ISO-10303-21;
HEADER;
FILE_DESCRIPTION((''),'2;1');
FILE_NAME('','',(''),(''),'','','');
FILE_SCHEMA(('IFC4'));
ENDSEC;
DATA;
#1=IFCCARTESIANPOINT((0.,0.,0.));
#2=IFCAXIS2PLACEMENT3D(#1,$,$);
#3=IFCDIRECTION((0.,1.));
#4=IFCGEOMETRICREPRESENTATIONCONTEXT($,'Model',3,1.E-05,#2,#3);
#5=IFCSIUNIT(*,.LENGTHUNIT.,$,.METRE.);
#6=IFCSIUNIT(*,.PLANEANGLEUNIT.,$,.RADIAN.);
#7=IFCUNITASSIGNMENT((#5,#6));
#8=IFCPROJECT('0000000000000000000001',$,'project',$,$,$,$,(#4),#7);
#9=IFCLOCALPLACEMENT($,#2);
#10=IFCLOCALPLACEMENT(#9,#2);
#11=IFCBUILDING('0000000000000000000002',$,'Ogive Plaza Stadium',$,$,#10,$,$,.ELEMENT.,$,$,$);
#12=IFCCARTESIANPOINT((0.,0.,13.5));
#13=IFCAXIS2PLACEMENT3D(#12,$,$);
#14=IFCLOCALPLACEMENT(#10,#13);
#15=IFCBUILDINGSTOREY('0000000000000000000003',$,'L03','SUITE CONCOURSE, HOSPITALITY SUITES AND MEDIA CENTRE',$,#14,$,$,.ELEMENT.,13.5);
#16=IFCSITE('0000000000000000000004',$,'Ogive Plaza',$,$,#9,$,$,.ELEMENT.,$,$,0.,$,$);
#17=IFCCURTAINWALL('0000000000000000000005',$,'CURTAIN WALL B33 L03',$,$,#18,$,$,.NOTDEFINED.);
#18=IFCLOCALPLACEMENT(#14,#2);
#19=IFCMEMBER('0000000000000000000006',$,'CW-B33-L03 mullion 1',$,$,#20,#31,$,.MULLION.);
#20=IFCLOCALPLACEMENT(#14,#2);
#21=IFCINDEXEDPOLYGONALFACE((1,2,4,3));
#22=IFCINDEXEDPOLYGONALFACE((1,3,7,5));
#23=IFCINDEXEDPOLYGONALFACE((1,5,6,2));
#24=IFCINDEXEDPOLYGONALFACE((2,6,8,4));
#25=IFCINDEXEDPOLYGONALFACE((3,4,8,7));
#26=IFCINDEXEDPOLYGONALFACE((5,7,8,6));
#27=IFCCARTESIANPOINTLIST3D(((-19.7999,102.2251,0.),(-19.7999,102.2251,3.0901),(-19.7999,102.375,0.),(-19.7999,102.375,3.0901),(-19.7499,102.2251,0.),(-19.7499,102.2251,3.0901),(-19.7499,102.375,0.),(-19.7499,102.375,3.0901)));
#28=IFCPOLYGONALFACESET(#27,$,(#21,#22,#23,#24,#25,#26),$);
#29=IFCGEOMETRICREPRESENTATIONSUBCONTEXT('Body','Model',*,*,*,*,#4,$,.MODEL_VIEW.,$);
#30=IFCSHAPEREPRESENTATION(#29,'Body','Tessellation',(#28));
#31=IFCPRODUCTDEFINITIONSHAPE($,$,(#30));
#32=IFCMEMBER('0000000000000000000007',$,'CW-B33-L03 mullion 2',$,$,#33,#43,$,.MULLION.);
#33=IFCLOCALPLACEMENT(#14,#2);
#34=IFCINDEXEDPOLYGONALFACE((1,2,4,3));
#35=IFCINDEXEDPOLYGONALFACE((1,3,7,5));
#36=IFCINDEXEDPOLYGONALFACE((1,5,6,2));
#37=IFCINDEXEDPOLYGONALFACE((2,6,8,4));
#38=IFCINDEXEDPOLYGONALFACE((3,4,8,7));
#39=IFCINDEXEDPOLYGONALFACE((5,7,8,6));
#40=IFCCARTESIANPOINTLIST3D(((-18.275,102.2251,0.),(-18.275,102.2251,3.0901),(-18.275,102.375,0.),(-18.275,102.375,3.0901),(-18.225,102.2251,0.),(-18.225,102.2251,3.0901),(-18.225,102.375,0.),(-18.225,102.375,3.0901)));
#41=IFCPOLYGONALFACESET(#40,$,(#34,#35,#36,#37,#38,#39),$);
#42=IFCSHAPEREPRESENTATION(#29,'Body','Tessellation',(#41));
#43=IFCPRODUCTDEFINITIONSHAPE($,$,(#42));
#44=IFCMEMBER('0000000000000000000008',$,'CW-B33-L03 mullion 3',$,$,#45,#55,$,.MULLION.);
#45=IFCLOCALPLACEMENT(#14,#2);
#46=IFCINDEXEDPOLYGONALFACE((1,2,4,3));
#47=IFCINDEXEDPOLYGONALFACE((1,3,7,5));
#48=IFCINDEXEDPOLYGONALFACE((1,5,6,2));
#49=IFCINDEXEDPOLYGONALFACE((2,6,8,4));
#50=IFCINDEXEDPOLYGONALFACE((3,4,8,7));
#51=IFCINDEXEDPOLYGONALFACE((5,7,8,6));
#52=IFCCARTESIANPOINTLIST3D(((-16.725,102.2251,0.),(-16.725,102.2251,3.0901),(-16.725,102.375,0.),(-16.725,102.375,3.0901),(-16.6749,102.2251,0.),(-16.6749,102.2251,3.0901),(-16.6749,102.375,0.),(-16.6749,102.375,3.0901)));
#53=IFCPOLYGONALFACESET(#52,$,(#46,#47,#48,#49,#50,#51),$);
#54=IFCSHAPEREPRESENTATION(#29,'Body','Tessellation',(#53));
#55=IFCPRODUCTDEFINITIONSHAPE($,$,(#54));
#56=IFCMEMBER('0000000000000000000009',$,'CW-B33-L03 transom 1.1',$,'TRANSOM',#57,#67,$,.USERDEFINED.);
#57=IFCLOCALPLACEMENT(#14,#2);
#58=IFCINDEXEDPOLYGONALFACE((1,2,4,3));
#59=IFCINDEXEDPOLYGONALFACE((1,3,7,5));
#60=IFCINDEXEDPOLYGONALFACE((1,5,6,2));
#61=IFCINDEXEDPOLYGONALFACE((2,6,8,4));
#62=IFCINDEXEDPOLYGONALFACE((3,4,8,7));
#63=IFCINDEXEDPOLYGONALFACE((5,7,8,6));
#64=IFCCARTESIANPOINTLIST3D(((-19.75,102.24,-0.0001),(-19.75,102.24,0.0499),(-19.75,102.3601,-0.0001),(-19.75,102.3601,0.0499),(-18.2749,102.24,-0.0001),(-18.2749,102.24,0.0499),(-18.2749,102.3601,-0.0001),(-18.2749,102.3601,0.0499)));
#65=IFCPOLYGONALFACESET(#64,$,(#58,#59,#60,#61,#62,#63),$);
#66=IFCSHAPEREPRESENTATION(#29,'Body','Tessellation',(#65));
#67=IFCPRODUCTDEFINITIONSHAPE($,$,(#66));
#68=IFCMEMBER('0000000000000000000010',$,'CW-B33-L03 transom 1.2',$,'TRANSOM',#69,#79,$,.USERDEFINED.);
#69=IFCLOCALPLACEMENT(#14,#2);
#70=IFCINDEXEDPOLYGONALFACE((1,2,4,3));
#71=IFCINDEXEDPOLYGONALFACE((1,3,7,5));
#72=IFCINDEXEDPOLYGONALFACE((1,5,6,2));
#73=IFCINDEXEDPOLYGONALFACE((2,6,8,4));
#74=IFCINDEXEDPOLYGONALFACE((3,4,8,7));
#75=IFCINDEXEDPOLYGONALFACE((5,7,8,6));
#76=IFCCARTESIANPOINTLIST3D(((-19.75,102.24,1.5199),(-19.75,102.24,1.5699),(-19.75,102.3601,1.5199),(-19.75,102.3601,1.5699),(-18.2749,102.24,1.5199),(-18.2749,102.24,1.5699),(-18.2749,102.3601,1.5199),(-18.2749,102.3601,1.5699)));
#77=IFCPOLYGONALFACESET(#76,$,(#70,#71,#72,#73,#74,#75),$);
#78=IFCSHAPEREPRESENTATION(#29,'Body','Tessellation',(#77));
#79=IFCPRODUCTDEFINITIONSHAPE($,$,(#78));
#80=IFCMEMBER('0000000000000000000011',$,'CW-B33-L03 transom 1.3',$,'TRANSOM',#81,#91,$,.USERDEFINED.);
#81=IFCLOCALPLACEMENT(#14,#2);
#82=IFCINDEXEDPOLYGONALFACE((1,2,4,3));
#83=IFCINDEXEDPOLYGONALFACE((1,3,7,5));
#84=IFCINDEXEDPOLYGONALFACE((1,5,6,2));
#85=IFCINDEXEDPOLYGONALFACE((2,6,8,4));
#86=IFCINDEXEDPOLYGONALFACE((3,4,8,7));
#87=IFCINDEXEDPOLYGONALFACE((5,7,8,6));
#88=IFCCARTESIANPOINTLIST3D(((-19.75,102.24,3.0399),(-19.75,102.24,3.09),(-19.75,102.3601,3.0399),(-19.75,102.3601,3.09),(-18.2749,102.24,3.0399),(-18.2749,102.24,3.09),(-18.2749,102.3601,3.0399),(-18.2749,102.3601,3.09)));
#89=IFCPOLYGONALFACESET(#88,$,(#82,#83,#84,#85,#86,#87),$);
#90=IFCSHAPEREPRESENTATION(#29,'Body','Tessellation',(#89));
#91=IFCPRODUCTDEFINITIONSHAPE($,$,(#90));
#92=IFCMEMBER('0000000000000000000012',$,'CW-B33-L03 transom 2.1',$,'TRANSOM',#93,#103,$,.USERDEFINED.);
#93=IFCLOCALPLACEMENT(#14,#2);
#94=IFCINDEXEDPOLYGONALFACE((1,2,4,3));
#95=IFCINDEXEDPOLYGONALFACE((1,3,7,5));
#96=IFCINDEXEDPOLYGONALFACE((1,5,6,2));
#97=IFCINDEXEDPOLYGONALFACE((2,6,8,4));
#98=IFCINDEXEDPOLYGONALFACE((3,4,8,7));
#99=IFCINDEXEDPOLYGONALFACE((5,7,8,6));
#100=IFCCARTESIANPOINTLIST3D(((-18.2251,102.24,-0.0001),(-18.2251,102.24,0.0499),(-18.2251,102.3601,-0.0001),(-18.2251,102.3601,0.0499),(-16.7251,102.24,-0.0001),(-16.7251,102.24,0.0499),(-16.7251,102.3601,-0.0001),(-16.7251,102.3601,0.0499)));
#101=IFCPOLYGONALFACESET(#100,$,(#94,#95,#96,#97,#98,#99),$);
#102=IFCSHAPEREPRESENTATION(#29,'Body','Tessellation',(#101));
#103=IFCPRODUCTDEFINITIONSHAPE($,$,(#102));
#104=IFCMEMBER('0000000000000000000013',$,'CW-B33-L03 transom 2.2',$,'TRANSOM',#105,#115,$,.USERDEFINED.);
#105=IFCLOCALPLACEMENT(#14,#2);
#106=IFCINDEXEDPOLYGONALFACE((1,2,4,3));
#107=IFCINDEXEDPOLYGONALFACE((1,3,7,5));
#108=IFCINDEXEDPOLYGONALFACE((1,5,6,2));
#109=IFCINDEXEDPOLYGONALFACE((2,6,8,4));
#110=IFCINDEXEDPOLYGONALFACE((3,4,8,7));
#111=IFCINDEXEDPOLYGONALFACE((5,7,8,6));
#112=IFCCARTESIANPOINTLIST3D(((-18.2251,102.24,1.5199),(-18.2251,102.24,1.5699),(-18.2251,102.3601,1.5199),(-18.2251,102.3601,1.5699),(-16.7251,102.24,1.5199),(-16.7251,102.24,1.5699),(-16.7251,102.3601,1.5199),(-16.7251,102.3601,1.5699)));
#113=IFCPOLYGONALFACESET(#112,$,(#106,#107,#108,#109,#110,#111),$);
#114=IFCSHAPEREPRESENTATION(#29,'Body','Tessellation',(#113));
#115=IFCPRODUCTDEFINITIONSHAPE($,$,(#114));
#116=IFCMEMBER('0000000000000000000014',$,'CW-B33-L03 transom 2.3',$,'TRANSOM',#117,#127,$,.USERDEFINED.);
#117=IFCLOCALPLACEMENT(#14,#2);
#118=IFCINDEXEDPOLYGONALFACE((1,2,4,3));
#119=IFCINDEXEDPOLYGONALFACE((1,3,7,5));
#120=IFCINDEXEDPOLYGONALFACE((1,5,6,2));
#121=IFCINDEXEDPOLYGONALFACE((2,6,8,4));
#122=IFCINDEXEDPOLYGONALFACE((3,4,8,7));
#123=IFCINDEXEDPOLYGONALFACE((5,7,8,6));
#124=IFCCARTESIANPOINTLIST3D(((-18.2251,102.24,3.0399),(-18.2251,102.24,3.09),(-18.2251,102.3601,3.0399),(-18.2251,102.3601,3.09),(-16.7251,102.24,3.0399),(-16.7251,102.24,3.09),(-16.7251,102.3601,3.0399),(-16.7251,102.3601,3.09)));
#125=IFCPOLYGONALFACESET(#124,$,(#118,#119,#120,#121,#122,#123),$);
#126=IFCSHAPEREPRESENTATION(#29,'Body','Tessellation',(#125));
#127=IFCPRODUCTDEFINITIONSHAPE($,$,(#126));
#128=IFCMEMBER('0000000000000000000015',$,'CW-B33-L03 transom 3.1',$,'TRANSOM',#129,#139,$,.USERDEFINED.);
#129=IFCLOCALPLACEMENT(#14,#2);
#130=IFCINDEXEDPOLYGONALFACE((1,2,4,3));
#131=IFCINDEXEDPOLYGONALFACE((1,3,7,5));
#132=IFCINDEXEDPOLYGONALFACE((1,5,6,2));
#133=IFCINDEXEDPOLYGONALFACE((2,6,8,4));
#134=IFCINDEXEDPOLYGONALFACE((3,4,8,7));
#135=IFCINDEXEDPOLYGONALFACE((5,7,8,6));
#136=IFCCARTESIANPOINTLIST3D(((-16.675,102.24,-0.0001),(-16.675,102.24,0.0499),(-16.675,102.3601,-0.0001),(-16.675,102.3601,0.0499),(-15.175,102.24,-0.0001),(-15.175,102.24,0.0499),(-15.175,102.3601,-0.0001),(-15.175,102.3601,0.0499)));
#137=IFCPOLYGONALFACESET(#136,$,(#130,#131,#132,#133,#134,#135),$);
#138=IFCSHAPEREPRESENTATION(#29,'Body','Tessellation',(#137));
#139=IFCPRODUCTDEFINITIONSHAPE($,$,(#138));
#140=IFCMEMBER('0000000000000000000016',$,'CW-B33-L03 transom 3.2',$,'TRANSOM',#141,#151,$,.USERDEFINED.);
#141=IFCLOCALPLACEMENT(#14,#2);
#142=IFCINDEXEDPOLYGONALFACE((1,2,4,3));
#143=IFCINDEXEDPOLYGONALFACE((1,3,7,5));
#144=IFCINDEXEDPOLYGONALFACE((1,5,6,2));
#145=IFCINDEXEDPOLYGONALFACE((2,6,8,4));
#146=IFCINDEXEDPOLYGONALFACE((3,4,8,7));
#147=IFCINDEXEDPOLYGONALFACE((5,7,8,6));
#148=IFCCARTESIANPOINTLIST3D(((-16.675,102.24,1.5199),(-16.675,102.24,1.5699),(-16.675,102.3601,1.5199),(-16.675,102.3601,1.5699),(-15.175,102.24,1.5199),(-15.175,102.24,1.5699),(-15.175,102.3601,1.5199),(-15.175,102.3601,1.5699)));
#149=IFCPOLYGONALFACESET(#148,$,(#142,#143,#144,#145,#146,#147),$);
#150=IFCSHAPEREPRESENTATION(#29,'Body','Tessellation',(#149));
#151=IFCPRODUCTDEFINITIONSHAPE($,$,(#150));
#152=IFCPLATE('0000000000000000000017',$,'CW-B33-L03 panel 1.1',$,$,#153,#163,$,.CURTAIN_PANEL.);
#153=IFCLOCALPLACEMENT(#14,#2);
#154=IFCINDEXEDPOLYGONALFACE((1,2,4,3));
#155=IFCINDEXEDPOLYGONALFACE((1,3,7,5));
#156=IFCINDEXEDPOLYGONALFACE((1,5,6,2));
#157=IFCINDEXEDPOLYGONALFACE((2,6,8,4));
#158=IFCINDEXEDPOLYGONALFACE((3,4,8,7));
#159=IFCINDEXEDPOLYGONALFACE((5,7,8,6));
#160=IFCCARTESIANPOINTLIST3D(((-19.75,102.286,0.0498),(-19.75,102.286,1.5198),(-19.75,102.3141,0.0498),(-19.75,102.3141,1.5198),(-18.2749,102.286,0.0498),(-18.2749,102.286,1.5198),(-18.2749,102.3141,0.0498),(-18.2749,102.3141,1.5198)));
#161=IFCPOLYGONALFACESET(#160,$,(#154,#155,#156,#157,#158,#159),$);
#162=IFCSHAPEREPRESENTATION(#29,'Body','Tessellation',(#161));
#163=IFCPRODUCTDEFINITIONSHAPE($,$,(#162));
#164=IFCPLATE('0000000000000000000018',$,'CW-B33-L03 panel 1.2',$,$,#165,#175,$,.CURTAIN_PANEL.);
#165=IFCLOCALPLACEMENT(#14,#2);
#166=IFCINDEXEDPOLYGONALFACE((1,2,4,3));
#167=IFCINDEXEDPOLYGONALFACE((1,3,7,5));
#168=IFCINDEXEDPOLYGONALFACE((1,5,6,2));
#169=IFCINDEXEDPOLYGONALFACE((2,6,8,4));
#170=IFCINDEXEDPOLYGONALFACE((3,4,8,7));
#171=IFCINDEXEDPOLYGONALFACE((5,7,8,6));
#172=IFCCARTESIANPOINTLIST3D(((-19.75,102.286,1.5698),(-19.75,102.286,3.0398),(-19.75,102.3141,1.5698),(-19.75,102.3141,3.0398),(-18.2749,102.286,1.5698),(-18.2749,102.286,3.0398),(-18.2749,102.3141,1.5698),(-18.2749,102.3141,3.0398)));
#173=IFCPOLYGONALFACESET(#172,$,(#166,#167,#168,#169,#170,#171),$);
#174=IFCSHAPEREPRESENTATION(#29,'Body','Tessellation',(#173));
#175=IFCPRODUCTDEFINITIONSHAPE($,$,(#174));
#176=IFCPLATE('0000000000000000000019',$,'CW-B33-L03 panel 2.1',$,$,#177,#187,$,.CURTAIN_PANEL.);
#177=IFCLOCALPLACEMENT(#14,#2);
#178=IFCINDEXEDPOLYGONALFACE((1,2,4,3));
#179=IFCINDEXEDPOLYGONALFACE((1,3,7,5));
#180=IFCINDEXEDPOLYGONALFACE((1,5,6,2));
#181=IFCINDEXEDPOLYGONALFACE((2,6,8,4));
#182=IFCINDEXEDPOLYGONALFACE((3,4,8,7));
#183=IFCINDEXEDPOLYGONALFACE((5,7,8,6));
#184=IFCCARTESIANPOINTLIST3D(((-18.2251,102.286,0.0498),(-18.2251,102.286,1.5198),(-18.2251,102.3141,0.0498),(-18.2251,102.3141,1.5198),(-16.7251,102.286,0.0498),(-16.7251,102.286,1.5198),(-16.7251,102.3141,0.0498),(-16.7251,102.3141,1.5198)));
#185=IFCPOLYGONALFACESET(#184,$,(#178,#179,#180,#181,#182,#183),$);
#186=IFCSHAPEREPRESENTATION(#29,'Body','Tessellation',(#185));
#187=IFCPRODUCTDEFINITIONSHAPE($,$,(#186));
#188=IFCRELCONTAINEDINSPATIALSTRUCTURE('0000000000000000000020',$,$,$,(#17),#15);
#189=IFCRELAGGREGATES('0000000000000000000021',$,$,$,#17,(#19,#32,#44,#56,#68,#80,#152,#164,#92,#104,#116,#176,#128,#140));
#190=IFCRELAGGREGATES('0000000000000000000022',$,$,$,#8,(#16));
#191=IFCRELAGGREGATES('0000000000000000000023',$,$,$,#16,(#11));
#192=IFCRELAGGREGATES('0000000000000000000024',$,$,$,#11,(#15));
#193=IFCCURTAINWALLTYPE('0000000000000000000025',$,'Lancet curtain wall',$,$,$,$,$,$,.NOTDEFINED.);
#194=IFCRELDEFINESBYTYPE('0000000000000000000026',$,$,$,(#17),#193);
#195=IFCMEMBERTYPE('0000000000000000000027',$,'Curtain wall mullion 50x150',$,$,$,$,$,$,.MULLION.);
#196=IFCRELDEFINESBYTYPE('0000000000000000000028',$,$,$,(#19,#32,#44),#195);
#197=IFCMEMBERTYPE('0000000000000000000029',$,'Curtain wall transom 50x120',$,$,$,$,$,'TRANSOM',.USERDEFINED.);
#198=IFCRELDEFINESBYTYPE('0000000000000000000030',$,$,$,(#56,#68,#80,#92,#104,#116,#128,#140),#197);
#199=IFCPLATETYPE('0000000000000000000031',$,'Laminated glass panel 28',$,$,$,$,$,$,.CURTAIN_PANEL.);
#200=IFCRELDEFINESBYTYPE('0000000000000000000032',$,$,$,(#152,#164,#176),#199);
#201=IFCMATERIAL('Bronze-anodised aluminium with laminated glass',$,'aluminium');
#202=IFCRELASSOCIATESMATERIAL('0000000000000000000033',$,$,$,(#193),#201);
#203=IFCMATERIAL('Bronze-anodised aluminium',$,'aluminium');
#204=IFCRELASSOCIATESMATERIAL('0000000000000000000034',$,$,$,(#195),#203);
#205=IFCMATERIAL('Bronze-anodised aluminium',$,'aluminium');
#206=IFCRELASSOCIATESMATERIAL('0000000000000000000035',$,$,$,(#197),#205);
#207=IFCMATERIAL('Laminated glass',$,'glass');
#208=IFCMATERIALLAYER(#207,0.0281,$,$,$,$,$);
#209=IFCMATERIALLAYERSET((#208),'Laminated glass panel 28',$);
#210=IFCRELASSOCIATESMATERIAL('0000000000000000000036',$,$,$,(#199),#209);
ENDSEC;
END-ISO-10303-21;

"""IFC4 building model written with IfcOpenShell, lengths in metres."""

from ifc_helpers import new_model, si_unit, direction, frame, origin, origin_2d, place, context, subcontext, project, spatial, rectangle, extrude, material, layer, layer_set, material_profile, profile_set, type_object, element, aggregate, save


model = new_model("IFC4")

# Units and contexts
model_context = context("Model", 3, precision=1e-05, world=origin(), true_north=direction((0.0, 1.0)))
body_context = subcontext(model_context, "Body", "Model", "MODEL_VIEW")
ifc_project = project(units=[si_unit("LENGTHUNIT", "METRE"), si_unit("PLANEANGLEUNIT", "RADIAN")], contexts=[model_context])

# Site, building, storey
site_placement = place(None, origin())
site = spatial("IfcSite", under=ifc_project, at=site_placement, Name="Ogive Plaza", CompositionType="ELEMENT", RefElevation=0.0)
building_placement = place(site_placement, origin())
building = spatial("IfcBuilding", under=site, at=building_placement, Name="Ogive Plaza Stadium", CompositionType="ELEMENT")
storey_placement = place(building_placement, frame((0.0, 0.0, 13.5)))
storey = spatial("IfcBuildingStorey", under=building, at=storey_placement, Name="L03", Description="SUITE CONCOURSE, HOSPITALITY SUITES AND MEDIA CENTRE", CompositionType="ELEMENT", Elevation=13.5)

# Curtain wall, members, plates
ifc_material_1 = material(Name="Bronze-anodised aluminium with laminated glass", Category="aluminium")
curtain_wall_type = type_object("IfcCurtainWallType", Name="Lancet curtain wall", PredefinedType="NOTDEFINED", material=ifc_material_1)
curtain_wall_placement = place(storey_placement, origin())
curtain_wall = element("IfcCurtainWall", 1, at=curtain_wall_placement, inside=storey, type_object=curtain_wall_type, Name="CURTAIN WALL B33 L03", PredefinedType="NOTDEFINED")
ifc_material_2 = material(Name="Bronze-anodised aluminium", Category="aluminium")
ifc_material_profile_1 = material_profile(ifc_material_2, rectangle(XDim=0.1499, YDim=0.05, at=origin_2d()), Name="AL 150x50")
ifc_profile_set_1 = profile_set([ifc_material_profile_1], Name="Bronze-anodised aluminium")
member_type_1 = type_object("IfcMemberType", Name="Curtain wall mullion 50x150", PredefinedType="MULLION", material=ifc_profile_set_1)
member_1_placement = place(storey_placement, frame((-19.7749, 102.3, 0.0), z_axis=(0.0, 0.0, 1.0), x_axis=(0.0, 1.0, 0.0)))
member_1 = element("IfcMember", 2, at=member_1_placement, type_object=member_type_1, Name="CW-B33-L03 mullion 1", PredefinedType="MULLION", context=body_context, shape_type="SweptSolid", body=[
    extrude(rectangle(XDim=0.1499, YDim=0.05, at=origin_2d()), origin(), (0.0, 0.0, 1.0), 3.0901),
])
member_2_placement = place(storey_placement, frame((-18.25, 102.3, 0.0), z_axis=(0.0, 0.0, 1.0), x_axis=(0.0, 1.0, 0.0)))
member_2 = element("IfcMember", 3, at=member_2_placement, type_object=member_type_1, Name="CW-B33-L03 mullion 2", PredefinedType="MULLION", context=body_context, shape_type="SweptSolid", body=[
    extrude(rectangle(XDim=0.1499, YDim=0.05, at=origin_2d()), origin(), (0.0, 0.0, 1.0), 3.0901),
])
member_3_placement = place(storey_placement, frame((-16.7, 102.3, 0.0), z_axis=(0.0, 0.0, 1.0), x_axis=(0.0, 1.0, 0.0)))
member_3 = element("IfcMember", 4, at=member_3_placement, type_object=member_type_1, Name="CW-B33-L03 mullion 3", PredefinedType="MULLION", context=body_context, shape_type="SweptSolid", body=[
    extrude(rectangle(XDim=0.1499, YDim=0.05, at=origin_2d()), origin(), (0.0, 0.0, 1.0), 3.0901),
])
ifc_material_3 = material(Name="Bronze-anodised aluminium", Category="aluminium")
ifc_material_profile_2 = material_profile(ifc_material_3, rectangle(XDim=0.1201, YDim=0.05, at=origin_2d()), Name="AL 120x50")
ifc_profile_set_2 = profile_set([ifc_material_profile_2], Name="Bronze-anodised aluminium")
member_type_2 = type_object("IfcMemberType", Name="Curtain wall transom 50x120", ElementType="TRANSOM", PredefinedType="USERDEFINED", material=ifc_profile_set_2)
member_4_placement = place(storey_placement, frame((-19.75, 102.3, 0.0249), z_axis=(1.0, 0.0, 0.0), x_axis=(0.0, 1.0, 0.0)))
member_4 = element("IfcMember", 5, at=member_4_placement, type_object=member_type_2, Name="CW-B33-L03 transom 1.1", ObjectType="TRANSOM", PredefinedType="USERDEFINED", context=body_context, shape_type="SweptSolid", body=[
    extrude(rectangle(XDim=0.1201, YDim=0.05, at=origin_2d()), origin(), (0.0, 0.0, 1.0), 1.4751),
])
member_5_placement = place(storey_placement, frame((-19.75, 102.3, 1.5449), z_axis=(1.0, 0.0, 0.0), x_axis=(0.0, 1.0, 0.0)))
member_5 = element("IfcMember", 6, at=member_5_placement, type_object=member_type_2, Name="CW-B33-L03 transom 1.2", ObjectType="TRANSOM", PredefinedType="USERDEFINED", context=body_context, shape_type="SweptSolid", body=[
    extrude(rectangle(XDim=0.1201, YDim=0.05, at=origin_2d()), origin(), (0.0, 0.0, 1.0), 1.4751),
])
member_6_placement = place(storey_placement, frame((-19.75, 102.3, 3.0649), z_axis=(1.0, 0.0, 0.0), x_axis=(0.0, 1.0, 0.0)))
member_6 = element("IfcMember", 7, at=member_6_placement, type_object=member_type_2, Name="CW-B33-L03 transom 1.3", ObjectType="TRANSOM", PredefinedType="USERDEFINED", context=body_context, shape_type="SweptSolid", body=[
    extrude(rectangle(XDim=0.1201, YDim=0.05, at=origin_2d()), origin(), (0.0, 0.0, 1.0), 1.4751),
])
member_7_placement = place(storey_placement, frame((-18.2251, 102.3, 0.0249), z_axis=(1.0, 0.0, 0.0), x_axis=(0.0, 1.0, 0.0)))
member_7 = element("IfcMember", 8, at=member_7_placement, type_object=member_type_2, Name="CW-B33-L03 transom 2.1", ObjectType="TRANSOM", PredefinedType="USERDEFINED", context=body_context, shape_type="SweptSolid", body=[
    extrude(rectangle(XDim=0.1201, YDim=0.05, at=origin_2d()), origin(), (0.0, 0.0, 1.0), 1.5),
])
member_8_placement = place(storey_placement, frame((-18.2251, 102.3, 1.5449), z_axis=(1.0, 0.0, 0.0), x_axis=(0.0, 1.0, 0.0)))
member_8 = element("IfcMember", 9, at=member_8_placement, type_object=member_type_2, Name="CW-B33-L03 transom 2.2", ObjectType="TRANSOM", PredefinedType="USERDEFINED", context=body_context, shape_type="SweptSolid", body=[
    extrude(rectangle(XDim=0.1201, YDim=0.05, at=origin_2d()), origin(), (0.0, 0.0, 1.0), 1.5),
])
member_9_placement = place(storey_placement, frame((-18.2251, 102.3, 3.0649), z_axis=(1.0, 0.0, 0.0), x_axis=(0.0, 1.0, 0.0)))
member_9 = element("IfcMember", 10, at=member_9_placement, type_object=member_type_2, Name="CW-B33-L03 transom 2.3", ObjectType="TRANSOM", PredefinedType="USERDEFINED", context=body_context, shape_type="SweptSolid", body=[
    extrude(rectangle(XDim=0.1201, YDim=0.05, at=origin_2d()), origin(), (0.0, 0.0, 1.0), 1.5),
])
member_10_placement = place(storey_placement, frame((-16.675, 102.3, 0.0249), z_axis=(1.0, 0.0, 0.0), x_axis=(0.0, 1.0, 0.0)))
member_10 = element("IfcMember", 11, at=member_10_placement, type_object=member_type_2, Name="CW-B33-L03 transom 3.1", ObjectType="TRANSOM", PredefinedType="USERDEFINED", context=body_context, shape_type="SweptSolid", body=[
    extrude(rectangle(XDim=0.1201, YDim=0.05, at=origin_2d()), origin(), (0.0, 0.0, 1.0), 1.5),
])
member_11_placement = place(storey_placement, frame((-16.675, 102.3, 1.5449), z_axis=(1.0, 0.0, 0.0), x_axis=(0.0, 1.0, 0.0)))
member_11 = element("IfcMember", 12, at=member_11_placement, type_object=member_type_2, Name="CW-B33-L03 transom 3.2", ObjectType="TRANSOM", PredefinedType="USERDEFINED", context=body_context, shape_type="SweptSolid", body=[
    extrude(rectangle(XDim=0.1201, YDim=0.05, at=origin_2d()), origin(), (0.0, 0.0, 1.0), 1.5),
])
ifc_material_4 = material(Name="Laminated glass", Category="glass")
ifc_layer_1 = layer(ifc_material_4, 0.0281)
ifc_layer_set_1 = layer_set([ifc_layer_1], Name="Laminated glass panel 28")
plate_type = type_object("IfcPlateType", Name="Laminated glass panel 28", PredefinedType="CURTAIN_PANEL", material=ifc_layer_set_1)
plate_1_placement = place(storey_placement, frame((-19.0125, 102.3, 0.0498), z_axis=(0.0, 0.0, 1.0), x_axis=(1.0, 0.0, 0.0)))
plate_1 = element("IfcPlate", 13, at=plate_1_placement, type_object=plate_type, Name="CW-B33-L03 panel 1.1", PredefinedType="CURTAIN_PANEL", context=body_context, shape_type="SweptSolid", body=[
    extrude(rectangle(XDim=1.4751, YDim=0.0281, at=origin_2d()), origin(), (0.0, 0.0, 1.0), 1.47),
])
plate_2_placement = place(storey_placement, frame((-19.0125, 102.3, 1.5698), z_axis=(0.0, 0.0, 1.0), x_axis=(1.0, 0.0, 0.0)))
plate_2 = element("IfcPlate", 14, at=plate_2_placement, type_object=plate_type, Name="CW-B33-L03 panel 1.2", PredefinedType="CURTAIN_PANEL", context=body_context, shape_type="SweptSolid", body=[
    extrude(rectangle(XDim=1.4751, YDim=0.0281, at=origin_2d()), origin(), (0.0, 0.0, 1.0), 1.47),
])
plate_3_placement = place(storey_placement, frame((-17.4751, 102.3, 0.0498), z_axis=(0.0, 0.0, 1.0), x_axis=(1.0, 0.0, 0.0)))
plate_3 = element("IfcPlate", 15, at=plate_3_placement, type_object=plate_type, Name="CW-B33-L03 panel 2.1", PredefinedType="CURTAIN_PANEL", context=body_context, shape_type="SweptSolid", body=[
    extrude(rectangle(XDim=1.5, YDim=0.0281, at=origin_2d()), origin(), (0.0, 0.0, 1.0), 1.47),
])
aggregate(curtain_wall, [member_1, member_2, member_3, member_4, member_5, member_6, plate_1, plate_2, member_7, member_8, member_9, plate_3, member_10, member_11])

save(model, "model.ifc")
